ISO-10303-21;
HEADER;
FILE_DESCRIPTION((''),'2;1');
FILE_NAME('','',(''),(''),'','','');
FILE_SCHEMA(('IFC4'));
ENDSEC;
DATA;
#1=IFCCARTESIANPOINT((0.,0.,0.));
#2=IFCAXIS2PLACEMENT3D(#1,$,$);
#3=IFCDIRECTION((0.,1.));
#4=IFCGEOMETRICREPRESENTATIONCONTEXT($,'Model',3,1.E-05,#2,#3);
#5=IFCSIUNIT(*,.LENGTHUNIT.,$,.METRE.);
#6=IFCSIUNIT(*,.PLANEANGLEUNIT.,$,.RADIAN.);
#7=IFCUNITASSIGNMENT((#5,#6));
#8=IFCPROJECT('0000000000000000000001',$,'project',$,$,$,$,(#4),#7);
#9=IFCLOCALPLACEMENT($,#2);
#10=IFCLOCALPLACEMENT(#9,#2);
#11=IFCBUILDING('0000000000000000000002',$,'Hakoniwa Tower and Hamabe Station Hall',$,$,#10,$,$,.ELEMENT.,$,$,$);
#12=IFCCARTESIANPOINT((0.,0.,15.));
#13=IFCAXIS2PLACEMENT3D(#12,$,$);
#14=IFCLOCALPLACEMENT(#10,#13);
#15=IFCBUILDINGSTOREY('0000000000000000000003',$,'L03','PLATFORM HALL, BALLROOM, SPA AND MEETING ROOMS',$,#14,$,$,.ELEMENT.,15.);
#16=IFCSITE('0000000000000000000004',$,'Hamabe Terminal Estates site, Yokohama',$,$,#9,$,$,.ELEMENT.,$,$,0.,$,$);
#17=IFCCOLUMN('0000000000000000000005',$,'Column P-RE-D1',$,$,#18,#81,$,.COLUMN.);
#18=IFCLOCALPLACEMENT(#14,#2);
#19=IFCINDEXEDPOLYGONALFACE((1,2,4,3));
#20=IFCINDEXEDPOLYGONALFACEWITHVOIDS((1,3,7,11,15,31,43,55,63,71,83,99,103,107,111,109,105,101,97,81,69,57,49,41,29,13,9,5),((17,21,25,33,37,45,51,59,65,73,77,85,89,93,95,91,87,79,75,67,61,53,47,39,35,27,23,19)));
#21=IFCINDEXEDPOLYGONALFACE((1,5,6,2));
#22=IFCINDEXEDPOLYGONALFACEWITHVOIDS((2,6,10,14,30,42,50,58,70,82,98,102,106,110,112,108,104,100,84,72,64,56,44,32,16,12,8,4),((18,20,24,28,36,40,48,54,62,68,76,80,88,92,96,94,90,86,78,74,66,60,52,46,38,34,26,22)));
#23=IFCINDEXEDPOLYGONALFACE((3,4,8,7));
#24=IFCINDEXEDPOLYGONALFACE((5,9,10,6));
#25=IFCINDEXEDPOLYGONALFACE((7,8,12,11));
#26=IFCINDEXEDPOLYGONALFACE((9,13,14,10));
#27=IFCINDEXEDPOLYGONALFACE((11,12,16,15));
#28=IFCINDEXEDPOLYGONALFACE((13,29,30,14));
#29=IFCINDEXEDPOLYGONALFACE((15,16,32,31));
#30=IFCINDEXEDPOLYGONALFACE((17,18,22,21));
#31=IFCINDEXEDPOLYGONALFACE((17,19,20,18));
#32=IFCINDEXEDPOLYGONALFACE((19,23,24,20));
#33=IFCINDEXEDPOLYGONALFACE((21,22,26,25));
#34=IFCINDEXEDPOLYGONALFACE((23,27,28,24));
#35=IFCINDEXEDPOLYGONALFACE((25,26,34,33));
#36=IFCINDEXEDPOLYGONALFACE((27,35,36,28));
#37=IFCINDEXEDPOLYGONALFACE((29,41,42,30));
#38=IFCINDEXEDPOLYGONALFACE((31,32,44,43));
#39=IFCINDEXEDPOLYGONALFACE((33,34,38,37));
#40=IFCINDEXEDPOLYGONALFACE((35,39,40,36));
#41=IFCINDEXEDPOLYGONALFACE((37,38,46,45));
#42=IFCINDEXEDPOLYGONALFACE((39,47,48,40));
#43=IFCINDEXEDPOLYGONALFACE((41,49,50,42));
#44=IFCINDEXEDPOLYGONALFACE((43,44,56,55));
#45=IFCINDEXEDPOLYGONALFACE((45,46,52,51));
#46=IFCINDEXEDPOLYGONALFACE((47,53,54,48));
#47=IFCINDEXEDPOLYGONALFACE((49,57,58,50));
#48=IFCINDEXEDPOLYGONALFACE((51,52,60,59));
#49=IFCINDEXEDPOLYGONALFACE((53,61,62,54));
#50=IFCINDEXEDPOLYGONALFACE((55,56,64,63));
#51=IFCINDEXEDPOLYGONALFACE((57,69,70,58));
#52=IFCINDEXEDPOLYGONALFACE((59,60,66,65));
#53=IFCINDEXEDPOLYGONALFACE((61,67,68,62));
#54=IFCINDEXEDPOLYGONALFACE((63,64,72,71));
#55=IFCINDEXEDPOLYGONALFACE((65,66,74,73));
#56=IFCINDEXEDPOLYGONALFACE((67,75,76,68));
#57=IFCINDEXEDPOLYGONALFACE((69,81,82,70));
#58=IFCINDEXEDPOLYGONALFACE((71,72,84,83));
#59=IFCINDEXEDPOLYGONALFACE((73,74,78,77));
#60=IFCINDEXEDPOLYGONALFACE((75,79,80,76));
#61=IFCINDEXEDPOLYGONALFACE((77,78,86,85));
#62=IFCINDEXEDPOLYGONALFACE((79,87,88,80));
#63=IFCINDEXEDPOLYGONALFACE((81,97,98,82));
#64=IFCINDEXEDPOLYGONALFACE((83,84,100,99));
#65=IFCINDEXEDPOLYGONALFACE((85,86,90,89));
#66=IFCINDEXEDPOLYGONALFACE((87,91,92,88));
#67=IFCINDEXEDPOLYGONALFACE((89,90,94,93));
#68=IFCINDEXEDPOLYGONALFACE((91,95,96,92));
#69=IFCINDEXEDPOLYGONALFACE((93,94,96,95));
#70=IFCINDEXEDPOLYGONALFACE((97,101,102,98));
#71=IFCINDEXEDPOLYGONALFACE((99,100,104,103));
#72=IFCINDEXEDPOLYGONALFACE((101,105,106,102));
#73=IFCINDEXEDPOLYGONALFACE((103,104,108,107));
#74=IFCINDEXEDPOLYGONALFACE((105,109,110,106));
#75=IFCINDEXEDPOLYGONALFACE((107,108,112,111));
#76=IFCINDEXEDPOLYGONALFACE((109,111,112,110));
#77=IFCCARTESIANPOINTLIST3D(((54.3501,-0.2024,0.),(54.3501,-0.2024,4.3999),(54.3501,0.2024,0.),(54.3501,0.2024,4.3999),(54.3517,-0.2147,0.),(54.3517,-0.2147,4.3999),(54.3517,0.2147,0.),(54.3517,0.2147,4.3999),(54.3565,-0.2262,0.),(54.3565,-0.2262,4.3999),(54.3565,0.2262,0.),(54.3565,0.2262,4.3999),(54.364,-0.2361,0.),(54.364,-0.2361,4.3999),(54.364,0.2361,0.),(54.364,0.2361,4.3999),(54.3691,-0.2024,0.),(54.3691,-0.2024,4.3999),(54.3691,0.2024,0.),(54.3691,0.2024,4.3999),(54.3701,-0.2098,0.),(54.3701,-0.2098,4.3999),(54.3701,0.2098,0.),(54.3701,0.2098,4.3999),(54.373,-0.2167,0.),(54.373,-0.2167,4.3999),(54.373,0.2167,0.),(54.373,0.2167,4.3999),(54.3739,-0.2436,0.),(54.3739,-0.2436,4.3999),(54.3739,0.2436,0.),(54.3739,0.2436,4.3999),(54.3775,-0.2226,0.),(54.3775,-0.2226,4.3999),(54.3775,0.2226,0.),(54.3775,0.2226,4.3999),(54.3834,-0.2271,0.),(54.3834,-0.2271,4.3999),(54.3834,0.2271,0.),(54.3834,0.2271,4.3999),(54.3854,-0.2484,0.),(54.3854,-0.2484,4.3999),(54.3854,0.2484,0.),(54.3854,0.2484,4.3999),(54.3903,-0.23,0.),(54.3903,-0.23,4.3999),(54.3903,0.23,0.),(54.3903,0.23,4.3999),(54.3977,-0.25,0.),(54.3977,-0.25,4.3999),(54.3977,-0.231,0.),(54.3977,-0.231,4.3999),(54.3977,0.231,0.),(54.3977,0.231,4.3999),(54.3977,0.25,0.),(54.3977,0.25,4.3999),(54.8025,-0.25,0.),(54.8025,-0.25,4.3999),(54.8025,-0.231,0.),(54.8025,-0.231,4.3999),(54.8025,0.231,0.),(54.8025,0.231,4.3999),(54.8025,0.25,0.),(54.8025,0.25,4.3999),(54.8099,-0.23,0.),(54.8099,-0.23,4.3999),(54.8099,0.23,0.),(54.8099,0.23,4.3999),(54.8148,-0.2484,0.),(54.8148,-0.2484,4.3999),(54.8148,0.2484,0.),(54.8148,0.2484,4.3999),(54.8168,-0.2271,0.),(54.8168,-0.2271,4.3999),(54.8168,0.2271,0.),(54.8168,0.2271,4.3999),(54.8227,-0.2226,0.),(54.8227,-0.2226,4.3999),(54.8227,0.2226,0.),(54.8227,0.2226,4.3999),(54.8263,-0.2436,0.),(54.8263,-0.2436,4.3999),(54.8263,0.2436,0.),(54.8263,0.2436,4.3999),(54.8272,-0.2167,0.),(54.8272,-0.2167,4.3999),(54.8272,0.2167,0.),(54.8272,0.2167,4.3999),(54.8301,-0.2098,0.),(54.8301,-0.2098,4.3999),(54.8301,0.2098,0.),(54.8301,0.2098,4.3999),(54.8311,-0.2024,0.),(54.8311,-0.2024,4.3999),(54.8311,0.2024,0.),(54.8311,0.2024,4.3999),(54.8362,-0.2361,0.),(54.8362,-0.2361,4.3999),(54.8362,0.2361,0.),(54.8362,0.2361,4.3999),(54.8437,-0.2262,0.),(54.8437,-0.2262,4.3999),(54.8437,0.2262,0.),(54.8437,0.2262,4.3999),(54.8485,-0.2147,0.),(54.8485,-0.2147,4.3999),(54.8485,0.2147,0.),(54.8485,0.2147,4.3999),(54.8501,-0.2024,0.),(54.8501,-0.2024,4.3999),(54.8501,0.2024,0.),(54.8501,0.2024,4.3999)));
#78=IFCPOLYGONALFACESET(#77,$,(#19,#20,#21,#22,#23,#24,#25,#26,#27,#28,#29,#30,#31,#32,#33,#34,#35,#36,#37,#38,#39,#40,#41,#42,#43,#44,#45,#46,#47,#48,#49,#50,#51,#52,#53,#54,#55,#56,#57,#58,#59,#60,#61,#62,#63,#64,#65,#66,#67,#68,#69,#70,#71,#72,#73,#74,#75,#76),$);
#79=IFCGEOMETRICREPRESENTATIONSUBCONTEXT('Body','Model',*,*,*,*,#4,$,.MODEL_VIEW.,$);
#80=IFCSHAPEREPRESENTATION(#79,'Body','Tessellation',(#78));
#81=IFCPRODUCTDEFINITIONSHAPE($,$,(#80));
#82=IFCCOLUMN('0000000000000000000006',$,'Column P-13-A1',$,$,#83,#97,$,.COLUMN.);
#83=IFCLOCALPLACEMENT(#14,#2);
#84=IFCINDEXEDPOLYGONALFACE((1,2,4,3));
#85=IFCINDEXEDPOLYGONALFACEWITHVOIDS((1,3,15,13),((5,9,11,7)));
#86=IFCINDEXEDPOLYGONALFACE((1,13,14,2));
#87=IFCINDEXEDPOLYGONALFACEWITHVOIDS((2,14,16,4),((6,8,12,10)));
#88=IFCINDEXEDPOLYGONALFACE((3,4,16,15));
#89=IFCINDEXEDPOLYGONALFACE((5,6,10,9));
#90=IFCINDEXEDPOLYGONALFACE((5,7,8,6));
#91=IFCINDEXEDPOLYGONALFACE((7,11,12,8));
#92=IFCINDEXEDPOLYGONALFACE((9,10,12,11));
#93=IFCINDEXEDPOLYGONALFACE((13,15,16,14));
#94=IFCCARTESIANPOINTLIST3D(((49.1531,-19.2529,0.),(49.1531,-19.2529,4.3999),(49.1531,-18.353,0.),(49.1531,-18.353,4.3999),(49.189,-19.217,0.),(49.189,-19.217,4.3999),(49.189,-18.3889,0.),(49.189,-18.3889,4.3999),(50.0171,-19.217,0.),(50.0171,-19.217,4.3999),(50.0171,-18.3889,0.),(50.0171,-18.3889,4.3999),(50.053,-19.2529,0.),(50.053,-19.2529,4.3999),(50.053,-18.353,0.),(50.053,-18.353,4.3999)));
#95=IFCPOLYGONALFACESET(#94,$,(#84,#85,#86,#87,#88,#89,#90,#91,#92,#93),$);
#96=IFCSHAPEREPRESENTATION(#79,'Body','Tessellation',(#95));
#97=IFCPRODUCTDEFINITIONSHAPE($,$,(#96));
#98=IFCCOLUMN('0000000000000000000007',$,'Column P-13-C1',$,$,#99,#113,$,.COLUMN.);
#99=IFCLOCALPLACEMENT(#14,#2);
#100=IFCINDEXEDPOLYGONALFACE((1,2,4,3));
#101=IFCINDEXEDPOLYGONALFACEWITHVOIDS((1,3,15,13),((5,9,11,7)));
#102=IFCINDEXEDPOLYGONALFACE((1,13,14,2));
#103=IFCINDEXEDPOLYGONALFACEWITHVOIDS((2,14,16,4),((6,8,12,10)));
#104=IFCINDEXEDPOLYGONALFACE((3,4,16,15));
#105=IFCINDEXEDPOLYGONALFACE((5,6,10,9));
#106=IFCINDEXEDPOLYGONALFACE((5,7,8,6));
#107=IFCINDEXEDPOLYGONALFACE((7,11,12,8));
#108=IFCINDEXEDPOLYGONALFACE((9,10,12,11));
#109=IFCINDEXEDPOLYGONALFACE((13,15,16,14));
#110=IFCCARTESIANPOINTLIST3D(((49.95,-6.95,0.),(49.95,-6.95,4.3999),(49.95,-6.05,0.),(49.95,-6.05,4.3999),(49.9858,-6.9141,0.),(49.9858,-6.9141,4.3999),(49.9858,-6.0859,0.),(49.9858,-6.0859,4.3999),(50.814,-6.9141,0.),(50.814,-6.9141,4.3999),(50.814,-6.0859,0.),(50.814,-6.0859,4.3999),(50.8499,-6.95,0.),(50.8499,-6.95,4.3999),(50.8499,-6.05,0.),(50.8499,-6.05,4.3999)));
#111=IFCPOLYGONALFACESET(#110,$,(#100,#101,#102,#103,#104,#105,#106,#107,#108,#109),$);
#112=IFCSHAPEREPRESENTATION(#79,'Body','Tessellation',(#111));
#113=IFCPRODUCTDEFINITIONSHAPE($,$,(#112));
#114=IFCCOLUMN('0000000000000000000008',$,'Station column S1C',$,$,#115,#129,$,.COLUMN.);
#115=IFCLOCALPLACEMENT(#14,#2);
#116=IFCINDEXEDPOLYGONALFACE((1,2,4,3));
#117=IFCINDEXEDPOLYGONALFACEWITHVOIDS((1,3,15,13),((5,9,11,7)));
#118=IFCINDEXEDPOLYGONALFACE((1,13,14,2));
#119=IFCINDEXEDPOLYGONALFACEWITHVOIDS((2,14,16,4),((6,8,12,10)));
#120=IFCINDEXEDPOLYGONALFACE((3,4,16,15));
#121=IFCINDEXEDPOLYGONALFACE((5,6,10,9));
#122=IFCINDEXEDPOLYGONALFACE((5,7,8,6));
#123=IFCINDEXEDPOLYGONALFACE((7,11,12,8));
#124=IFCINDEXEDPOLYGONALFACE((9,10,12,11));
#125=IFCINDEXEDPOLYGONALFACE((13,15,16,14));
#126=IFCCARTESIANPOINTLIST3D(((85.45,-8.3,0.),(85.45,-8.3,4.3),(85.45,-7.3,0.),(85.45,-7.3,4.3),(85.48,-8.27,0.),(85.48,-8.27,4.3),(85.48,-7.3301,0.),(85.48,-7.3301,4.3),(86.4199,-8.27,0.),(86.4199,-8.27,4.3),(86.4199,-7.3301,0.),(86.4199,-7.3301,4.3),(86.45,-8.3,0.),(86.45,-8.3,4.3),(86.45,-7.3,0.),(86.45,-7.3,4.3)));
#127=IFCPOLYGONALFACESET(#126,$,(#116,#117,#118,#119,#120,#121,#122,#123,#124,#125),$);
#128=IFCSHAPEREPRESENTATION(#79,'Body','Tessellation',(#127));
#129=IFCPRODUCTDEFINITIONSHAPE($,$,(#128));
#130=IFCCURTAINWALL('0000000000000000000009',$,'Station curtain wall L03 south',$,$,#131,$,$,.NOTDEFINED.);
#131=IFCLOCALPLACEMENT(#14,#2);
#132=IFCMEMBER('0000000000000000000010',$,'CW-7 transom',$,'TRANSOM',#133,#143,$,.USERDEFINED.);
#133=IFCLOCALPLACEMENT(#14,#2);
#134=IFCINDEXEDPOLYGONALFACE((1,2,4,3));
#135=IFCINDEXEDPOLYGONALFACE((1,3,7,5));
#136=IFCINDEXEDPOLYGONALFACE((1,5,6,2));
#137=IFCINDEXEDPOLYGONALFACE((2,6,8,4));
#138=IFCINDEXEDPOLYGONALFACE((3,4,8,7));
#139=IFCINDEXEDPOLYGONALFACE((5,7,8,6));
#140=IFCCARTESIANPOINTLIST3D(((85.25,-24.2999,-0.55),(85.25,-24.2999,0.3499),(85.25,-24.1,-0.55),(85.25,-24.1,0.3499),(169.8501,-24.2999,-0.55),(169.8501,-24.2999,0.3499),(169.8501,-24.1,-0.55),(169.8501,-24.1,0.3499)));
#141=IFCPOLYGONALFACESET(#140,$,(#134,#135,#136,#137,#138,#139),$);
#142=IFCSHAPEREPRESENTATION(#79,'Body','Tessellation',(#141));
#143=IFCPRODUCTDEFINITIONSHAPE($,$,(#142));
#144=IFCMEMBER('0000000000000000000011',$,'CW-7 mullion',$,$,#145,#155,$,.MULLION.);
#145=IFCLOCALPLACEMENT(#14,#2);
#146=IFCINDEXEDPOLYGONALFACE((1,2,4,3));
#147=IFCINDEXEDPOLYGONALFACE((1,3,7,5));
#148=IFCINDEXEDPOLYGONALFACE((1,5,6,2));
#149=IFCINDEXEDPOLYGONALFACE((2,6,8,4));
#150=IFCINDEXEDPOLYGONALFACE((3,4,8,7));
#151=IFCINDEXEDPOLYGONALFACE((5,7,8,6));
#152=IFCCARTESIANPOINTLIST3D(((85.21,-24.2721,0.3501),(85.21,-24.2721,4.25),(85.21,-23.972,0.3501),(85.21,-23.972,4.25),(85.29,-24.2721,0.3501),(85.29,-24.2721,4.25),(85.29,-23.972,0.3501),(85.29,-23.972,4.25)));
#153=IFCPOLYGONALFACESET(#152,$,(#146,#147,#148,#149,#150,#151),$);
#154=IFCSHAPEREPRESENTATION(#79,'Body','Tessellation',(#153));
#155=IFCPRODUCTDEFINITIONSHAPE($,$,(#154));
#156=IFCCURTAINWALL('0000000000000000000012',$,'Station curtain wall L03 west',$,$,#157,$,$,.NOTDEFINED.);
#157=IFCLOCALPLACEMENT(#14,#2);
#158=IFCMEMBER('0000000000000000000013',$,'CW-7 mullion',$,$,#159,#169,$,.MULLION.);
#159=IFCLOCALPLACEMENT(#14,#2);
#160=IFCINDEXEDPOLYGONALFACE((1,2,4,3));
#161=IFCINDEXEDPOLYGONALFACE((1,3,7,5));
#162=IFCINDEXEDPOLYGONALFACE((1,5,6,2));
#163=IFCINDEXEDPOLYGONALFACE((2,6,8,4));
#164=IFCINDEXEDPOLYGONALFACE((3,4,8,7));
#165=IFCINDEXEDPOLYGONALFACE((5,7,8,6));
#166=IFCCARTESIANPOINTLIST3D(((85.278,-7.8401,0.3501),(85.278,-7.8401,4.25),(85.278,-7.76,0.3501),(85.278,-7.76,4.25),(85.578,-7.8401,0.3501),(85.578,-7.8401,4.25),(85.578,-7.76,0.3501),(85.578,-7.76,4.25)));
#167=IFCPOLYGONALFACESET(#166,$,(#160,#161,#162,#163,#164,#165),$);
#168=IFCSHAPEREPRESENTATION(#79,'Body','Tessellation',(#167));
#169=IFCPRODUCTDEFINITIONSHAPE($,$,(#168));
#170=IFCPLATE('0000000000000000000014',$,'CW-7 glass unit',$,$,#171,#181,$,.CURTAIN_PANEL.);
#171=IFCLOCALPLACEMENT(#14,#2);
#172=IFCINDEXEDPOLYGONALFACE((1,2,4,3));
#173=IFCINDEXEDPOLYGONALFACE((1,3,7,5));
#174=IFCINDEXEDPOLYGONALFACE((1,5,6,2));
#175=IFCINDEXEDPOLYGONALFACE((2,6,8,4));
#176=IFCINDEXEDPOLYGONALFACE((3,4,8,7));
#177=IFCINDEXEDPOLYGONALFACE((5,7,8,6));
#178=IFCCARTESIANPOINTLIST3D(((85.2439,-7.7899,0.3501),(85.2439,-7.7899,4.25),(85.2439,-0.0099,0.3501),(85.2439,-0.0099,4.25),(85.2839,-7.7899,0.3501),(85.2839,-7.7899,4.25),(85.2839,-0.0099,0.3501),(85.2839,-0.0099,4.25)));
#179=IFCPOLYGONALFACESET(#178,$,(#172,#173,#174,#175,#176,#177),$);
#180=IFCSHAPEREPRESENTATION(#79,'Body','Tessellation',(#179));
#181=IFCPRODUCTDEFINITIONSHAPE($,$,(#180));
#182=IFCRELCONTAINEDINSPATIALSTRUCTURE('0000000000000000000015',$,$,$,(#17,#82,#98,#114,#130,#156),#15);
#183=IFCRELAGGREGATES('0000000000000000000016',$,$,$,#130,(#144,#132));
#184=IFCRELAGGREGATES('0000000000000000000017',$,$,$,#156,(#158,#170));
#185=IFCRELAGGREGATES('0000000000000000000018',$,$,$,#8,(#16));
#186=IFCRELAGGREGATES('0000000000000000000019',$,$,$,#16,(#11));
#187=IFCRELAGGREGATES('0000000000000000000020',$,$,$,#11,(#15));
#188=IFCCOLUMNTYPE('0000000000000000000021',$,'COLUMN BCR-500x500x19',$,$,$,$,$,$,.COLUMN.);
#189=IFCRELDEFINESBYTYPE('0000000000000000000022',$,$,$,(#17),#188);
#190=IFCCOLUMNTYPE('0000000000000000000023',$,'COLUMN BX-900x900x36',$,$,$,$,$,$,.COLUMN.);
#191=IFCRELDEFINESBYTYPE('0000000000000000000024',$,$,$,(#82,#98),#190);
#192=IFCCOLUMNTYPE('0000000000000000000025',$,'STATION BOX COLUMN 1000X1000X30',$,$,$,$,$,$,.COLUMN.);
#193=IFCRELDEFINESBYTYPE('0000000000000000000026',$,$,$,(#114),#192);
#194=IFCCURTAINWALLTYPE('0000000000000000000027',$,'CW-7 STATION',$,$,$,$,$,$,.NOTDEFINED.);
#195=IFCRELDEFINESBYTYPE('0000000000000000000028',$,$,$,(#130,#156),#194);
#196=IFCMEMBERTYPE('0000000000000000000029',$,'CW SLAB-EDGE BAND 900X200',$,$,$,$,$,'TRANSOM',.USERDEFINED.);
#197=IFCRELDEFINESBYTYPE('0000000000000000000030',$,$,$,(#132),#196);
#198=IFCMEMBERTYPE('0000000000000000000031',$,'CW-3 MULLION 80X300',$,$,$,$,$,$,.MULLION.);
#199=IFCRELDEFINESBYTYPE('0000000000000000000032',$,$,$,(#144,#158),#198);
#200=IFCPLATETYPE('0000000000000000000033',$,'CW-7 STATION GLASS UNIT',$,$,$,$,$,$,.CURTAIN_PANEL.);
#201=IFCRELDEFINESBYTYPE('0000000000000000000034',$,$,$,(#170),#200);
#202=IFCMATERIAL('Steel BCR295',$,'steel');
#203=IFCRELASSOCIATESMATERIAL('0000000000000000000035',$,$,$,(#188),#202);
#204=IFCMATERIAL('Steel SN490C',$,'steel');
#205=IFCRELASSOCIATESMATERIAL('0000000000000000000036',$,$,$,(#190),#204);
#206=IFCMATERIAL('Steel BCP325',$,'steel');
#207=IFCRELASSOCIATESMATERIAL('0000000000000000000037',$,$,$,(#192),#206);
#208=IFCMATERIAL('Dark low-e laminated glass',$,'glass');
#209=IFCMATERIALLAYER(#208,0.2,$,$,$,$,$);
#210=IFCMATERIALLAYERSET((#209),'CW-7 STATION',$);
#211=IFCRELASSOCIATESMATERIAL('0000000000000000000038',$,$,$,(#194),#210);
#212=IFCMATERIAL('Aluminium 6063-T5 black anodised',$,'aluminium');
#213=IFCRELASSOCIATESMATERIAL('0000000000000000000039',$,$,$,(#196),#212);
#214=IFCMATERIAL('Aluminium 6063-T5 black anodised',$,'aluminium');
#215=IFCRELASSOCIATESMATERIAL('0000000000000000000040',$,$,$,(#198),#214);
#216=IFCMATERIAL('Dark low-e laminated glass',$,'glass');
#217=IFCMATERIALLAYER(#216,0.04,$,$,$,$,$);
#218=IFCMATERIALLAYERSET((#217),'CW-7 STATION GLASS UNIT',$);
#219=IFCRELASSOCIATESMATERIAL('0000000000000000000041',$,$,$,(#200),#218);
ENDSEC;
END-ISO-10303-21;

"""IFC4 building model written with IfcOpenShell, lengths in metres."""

from ifc_helpers import new_model, si_unit, direction, frame, origin, origin_2d, place, context, subcontext, project, spatial, rectangle, hollow_rectangle, extrude, material, layer, layer_set, material_profile, profile_set, type_object, element, aggregate, save


model = new_model("IFC4")

# Units and contexts
model_context = context("Model", 3, precision=1e-05, world=origin(), true_north=direction((0.0, 1.0)))
body_context = subcontext(model_context, "Body", "Model", "MODEL_VIEW")
ifc_project = project(units=[si_unit("LENGTHUNIT", "METRE"), si_unit("PLANEANGLEUNIT", "RADIAN")], contexts=[model_context])

# Site, building, storey
site_placement = place(None, origin())
site = spatial("IfcSite", under=ifc_project, at=site_placement, Name="Hamabe Terminal Estates site, Yokohama", CompositionType="ELEMENT", RefElevation=0.0)
building_placement = place(site_placement, origin())
building = spatial("IfcBuilding", under=site, at=building_placement, Name="Hakoniwa Tower and Hamabe Station Hall", CompositionType="ELEMENT")
storey_placement = place(building_placement, frame((0.0, 0.0, 15.0)))
storey = spatial("IfcBuildingStorey", under=building, at=storey_placement, Name="L03", Description="PLATFORM HALL, BALLROOM, SPA AND MEETING ROOMS", CompositionType="ELEMENT", Elevation=15.0)

# Columns
ifc_material_1 = material(Name="Steel BCR295", Category="steel")
ifc_material_profile_1 = material_profile(ifc_material_1, hollow_rectangle(XDim=0.5, YDim=0.5, WallThickness=0.019, InnerFilletRadius=0.0286, OuterFilletRadius=0.0476, at=origin_2d()), Name="BCR-500x500x19")
ifc_profile_set_1 = profile_set([ifc_material_profile_1], Name="Steel BCR295")
column_type_1 = type_object("IfcColumnType", Name="COLUMN BCR-500x500x19", PredefinedType="COLUMN", material=ifc_profile_set_1)
for number, where, z_axis, x_axis, name in (
    (1, (54.6001, 0.0, 0.0), (0.0, 0.0, 1.0), (1.0, 0.0, 0.0), "Column P-RE-D1"),
):
    element("IfcColumn", number, at=place(storey_placement, frame(where, z_axis=z_axis, x_axis=x_axis)), inside=storey, type_object=column_type_1, Name=name, PredefinedType="COLUMN", context=body_context, shape_type="SweptSolid", body=[
        extrude(hollow_rectangle(XDim=0.5, YDim=0.5, WallThickness=0.019, InnerFilletRadius=0.0286, OuterFilletRadius=0.0476, at=origin_2d()), origin(), (0.0, 0.0, 1.0), 4.3999),
    ])
ifc_material_2 = material(Name="Steel SN490C", Category="steel")
ifc_material_profile_2 = material_profile(ifc_material_2, hollow_rectangle(XDim=0.8999, YDim=0.8999, WallThickness=0.0359, at=origin_2d()), Name="BX-900x900x36")
ifc_profile_set_2 = profile_set([ifc_material_profile_2], Name="Steel SN490C")
column_type_2 = type_object("IfcColumnType", Name="COLUMN BX-900x900x36", PredefinedType="COLUMN", material=ifc_profile_set_2)
for number, where, z_axis, x_axis, name in (
    (2, (49.603, -18.803, 0.0), (0.0, 0.0, 1.0), (1.0, 0.0, 0.0), "Column P-13-A1"),
    (3, (50.3999, -6.5, 0.0), (0.0, 0.0, 1.0), (1.0, 0.0, 0.0), "Column P-13-C1"),
):
    element("IfcColumn", number, at=place(storey_placement, frame(where, z_axis=z_axis, x_axis=x_axis)), inside=storey, type_object=column_type_2, Name=name, PredefinedType="COLUMN", context=body_context, shape_type="SweptSolid", body=[
        extrude(hollow_rectangle(XDim=0.8999, YDim=0.8999, WallThickness=0.0359, at=origin_2d()), origin(), (0.0, 0.0, 1.0), 4.3999),
    ])
ifc_material_3 = material(Name="Steel BCP325", Category="steel")
ifc_material_profile_3 = material_profile(ifc_material_3, hollow_rectangle(XDim=1.0, YDim=1.0, WallThickness=0.03, at=origin_2d()), Name="STATION BOX COLUMN 1000X1000X30")
ifc_profile_set_3 = profile_set([ifc_material_profile_3], Name="Steel BCP325")
column_type_3 = type_object("IfcColumnType", Name="STATION BOX COLUMN 1000X1000X30", PredefinedType="COLUMN", material=ifc_profile_set_3)
column_placement = place(storey_placement, frame((85.95, -7.8, 0.0), z_axis=(0.0, 0.0, 1.0), x_axis=(1.0, 0.0, 0.0)))
element("IfcColumn", 4, at=column_placement, inside=storey, type_object=column_type_3, Name="Station column S1C", PredefinedType="COLUMN", context=body_context, shape_type="SweptSolid", body=[
    extrude(hollow_rectangle(XDim=1.0, YDim=1.0, WallThickness=0.03, at=origin_2d()), origin(), (0.0, 0.0, 1.0), 4.3),
])

# Curtain wall, members
ifc_material_4 = material(Name="Dark low-e laminated glass", Category="glass")
ifc_layer_1 = layer(ifc_material_4, 0.2)
ifc_layer_set_1 = layer_set([ifc_layer_1], Name="CW-7 STATION")
curtain_wall_type = type_object("IfcCurtainWallType", Name="CW-7 STATION", PredefinedType="NOTDEFINED", material=ifc_layer_set_1)
curtain_wall_1_placement = place(storey_placement, origin())
curtain_wall_1 = element("IfcCurtainWall", 5, at=curtain_wall_1_placement, inside=storey, type_object=curtain_wall_type, Name="Station curtain wall L03 south", PredefinedType="NOTDEFINED")
ifc_material_5 = material(Name="Aluminium 6063-T5 black anodised", Category="aluminium")
ifc_material_profile_4 = material_profile(ifc_material_5, rectangle(XDim=0.2, YDim=0.8999, at=origin_2d()), Name="CW SLAB-EDGE BAND 900X200")
ifc_profile_set_4 = profile_set([ifc_material_profile_4], Name="Aluminium 6063-T5 black anodised")
member_type_1 = type_object("IfcMemberType", Name="CW SLAB-EDGE BAND 900X200", ElementType="TRANSOM", PredefinedType="USERDEFINED", material=ifc_profile_set_4)
member_1_placement = place(storey_placement, frame((85.25, -24.2, -0.1001), z_axis=(1.0, 0.0, 0.0), x_axis=(0.0, 1.0, 0.0)))
member_1 = element("IfcMember", 6, at=member_1_placement, type_object=member_type_1, Name="CW-7 transom", ObjectType="TRANSOM", PredefinedType="USERDEFINED", context=body_context, shape_type="SweptSolid", body=[
    extrude(rectangle(XDim=0.2, YDim=0.8999, at=origin_2d()), origin(), (0.0, 0.0, 1.0), 84.6001),
])
ifc_material_6 = material(Name="Aluminium 6063-T5 black anodised", Category="aluminium")
ifc_material_profile_5 = material_profile(ifc_material_6, rectangle(XDim=0.0801, YDim=0.3, at=origin_2d()), Name="CW-3 MULLION 80X300")
ifc_profile_set_5 = profile_set([ifc_material_profile_5], Name="Aluminium 6063-T5 black anodised")
member_type_2 = type_object("IfcMemberType", Name="CW-3 MULLION 80X300", PredefinedType="MULLION", material=ifc_profile_set_5)
member_2_placement = place(storey_placement, frame((85.25, -24.1221, 0.3501), z_axis=(0.0, 0.0, 1.0), x_axis=(1.0, 0.0, 0.0)))
member_2 = element("IfcMember", 7, at=member_2_placement, type_object=member_type_2, Name="CW-7 mullion", PredefinedType="MULLION", context=body_context, shape_type="SweptSolid", body=[
    extrude(rectangle(XDim=0.0801, YDim=0.3, at=origin_2d()), origin(), (0.0, 0.0, 1.0), 3.8999),
])
aggregate(curtain_wall_1, [member_2, member_1])

# Curtain wall, member, plate
curtain_wall_2_placement = place(storey_placement, origin())
curtain_wall_2 = element("IfcCurtainWall", 8, at=curtain_wall_2_placement, inside=storey, type_object=curtain_wall_type, Name="Station curtain wall L03 west", PredefinedType="NOTDEFINED")
member_3_placement = place(storey_placement, frame((85.428, -7.8, 0.3501), z_axis=(0.0, 0.0, 1.0), x_axis=(0.0, -1.0, 0.0)))
member_3 = element("IfcMember", 9, at=member_3_placement, type_object=member_type_2, Name="CW-7 mullion", PredefinedType="MULLION", context=body_context, shape_type="SweptSolid", body=[
    extrude(rectangle(XDim=0.0801, YDim=0.3, at=origin_2d()), origin(), (0.0, 0.0, 1.0), 3.8999),
])
ifc_material_7 = material(Name="Dark low-e laminated glass", Category="glass")
ifc_layer_2 = layer(ifc_material_7, 0.04)
ifc_layer_set_2 = layer_set([ifc_layer_2], Name="CW-7 STATION GLASS UNIT")
plate_type = type_object("IfcPlateType", Name="CW-7 STATION GLASS UNIT", PredefinedType="CURTAIN_PANEL", material=ifc_layer_set_2)
plate_1_placement = place(storey_placement, frame((85.2639, -3.8999, 0.3501), z_axis=(0.0, 0.0, 1.0), x_axis=(0.0, -1.0, 0.0)))
plate_1 = element("IfcPlate", 10, at=plate_1_placement, type_object=plate_type, Name="CW-7 glass unit", PredefinedType="CURTAIN_PANEL", context=body_context, shape_type="SweptSolid", body=[
    extrude(rectangle(XDim=7.78, YDim=0.04, at=origin_2d()), origin(), (0.0, 0.0, 1.0), 3.8999),
])
aggregate(curtain_wall_2, [member_3, plate_1])

save(model, "model.ifc")
